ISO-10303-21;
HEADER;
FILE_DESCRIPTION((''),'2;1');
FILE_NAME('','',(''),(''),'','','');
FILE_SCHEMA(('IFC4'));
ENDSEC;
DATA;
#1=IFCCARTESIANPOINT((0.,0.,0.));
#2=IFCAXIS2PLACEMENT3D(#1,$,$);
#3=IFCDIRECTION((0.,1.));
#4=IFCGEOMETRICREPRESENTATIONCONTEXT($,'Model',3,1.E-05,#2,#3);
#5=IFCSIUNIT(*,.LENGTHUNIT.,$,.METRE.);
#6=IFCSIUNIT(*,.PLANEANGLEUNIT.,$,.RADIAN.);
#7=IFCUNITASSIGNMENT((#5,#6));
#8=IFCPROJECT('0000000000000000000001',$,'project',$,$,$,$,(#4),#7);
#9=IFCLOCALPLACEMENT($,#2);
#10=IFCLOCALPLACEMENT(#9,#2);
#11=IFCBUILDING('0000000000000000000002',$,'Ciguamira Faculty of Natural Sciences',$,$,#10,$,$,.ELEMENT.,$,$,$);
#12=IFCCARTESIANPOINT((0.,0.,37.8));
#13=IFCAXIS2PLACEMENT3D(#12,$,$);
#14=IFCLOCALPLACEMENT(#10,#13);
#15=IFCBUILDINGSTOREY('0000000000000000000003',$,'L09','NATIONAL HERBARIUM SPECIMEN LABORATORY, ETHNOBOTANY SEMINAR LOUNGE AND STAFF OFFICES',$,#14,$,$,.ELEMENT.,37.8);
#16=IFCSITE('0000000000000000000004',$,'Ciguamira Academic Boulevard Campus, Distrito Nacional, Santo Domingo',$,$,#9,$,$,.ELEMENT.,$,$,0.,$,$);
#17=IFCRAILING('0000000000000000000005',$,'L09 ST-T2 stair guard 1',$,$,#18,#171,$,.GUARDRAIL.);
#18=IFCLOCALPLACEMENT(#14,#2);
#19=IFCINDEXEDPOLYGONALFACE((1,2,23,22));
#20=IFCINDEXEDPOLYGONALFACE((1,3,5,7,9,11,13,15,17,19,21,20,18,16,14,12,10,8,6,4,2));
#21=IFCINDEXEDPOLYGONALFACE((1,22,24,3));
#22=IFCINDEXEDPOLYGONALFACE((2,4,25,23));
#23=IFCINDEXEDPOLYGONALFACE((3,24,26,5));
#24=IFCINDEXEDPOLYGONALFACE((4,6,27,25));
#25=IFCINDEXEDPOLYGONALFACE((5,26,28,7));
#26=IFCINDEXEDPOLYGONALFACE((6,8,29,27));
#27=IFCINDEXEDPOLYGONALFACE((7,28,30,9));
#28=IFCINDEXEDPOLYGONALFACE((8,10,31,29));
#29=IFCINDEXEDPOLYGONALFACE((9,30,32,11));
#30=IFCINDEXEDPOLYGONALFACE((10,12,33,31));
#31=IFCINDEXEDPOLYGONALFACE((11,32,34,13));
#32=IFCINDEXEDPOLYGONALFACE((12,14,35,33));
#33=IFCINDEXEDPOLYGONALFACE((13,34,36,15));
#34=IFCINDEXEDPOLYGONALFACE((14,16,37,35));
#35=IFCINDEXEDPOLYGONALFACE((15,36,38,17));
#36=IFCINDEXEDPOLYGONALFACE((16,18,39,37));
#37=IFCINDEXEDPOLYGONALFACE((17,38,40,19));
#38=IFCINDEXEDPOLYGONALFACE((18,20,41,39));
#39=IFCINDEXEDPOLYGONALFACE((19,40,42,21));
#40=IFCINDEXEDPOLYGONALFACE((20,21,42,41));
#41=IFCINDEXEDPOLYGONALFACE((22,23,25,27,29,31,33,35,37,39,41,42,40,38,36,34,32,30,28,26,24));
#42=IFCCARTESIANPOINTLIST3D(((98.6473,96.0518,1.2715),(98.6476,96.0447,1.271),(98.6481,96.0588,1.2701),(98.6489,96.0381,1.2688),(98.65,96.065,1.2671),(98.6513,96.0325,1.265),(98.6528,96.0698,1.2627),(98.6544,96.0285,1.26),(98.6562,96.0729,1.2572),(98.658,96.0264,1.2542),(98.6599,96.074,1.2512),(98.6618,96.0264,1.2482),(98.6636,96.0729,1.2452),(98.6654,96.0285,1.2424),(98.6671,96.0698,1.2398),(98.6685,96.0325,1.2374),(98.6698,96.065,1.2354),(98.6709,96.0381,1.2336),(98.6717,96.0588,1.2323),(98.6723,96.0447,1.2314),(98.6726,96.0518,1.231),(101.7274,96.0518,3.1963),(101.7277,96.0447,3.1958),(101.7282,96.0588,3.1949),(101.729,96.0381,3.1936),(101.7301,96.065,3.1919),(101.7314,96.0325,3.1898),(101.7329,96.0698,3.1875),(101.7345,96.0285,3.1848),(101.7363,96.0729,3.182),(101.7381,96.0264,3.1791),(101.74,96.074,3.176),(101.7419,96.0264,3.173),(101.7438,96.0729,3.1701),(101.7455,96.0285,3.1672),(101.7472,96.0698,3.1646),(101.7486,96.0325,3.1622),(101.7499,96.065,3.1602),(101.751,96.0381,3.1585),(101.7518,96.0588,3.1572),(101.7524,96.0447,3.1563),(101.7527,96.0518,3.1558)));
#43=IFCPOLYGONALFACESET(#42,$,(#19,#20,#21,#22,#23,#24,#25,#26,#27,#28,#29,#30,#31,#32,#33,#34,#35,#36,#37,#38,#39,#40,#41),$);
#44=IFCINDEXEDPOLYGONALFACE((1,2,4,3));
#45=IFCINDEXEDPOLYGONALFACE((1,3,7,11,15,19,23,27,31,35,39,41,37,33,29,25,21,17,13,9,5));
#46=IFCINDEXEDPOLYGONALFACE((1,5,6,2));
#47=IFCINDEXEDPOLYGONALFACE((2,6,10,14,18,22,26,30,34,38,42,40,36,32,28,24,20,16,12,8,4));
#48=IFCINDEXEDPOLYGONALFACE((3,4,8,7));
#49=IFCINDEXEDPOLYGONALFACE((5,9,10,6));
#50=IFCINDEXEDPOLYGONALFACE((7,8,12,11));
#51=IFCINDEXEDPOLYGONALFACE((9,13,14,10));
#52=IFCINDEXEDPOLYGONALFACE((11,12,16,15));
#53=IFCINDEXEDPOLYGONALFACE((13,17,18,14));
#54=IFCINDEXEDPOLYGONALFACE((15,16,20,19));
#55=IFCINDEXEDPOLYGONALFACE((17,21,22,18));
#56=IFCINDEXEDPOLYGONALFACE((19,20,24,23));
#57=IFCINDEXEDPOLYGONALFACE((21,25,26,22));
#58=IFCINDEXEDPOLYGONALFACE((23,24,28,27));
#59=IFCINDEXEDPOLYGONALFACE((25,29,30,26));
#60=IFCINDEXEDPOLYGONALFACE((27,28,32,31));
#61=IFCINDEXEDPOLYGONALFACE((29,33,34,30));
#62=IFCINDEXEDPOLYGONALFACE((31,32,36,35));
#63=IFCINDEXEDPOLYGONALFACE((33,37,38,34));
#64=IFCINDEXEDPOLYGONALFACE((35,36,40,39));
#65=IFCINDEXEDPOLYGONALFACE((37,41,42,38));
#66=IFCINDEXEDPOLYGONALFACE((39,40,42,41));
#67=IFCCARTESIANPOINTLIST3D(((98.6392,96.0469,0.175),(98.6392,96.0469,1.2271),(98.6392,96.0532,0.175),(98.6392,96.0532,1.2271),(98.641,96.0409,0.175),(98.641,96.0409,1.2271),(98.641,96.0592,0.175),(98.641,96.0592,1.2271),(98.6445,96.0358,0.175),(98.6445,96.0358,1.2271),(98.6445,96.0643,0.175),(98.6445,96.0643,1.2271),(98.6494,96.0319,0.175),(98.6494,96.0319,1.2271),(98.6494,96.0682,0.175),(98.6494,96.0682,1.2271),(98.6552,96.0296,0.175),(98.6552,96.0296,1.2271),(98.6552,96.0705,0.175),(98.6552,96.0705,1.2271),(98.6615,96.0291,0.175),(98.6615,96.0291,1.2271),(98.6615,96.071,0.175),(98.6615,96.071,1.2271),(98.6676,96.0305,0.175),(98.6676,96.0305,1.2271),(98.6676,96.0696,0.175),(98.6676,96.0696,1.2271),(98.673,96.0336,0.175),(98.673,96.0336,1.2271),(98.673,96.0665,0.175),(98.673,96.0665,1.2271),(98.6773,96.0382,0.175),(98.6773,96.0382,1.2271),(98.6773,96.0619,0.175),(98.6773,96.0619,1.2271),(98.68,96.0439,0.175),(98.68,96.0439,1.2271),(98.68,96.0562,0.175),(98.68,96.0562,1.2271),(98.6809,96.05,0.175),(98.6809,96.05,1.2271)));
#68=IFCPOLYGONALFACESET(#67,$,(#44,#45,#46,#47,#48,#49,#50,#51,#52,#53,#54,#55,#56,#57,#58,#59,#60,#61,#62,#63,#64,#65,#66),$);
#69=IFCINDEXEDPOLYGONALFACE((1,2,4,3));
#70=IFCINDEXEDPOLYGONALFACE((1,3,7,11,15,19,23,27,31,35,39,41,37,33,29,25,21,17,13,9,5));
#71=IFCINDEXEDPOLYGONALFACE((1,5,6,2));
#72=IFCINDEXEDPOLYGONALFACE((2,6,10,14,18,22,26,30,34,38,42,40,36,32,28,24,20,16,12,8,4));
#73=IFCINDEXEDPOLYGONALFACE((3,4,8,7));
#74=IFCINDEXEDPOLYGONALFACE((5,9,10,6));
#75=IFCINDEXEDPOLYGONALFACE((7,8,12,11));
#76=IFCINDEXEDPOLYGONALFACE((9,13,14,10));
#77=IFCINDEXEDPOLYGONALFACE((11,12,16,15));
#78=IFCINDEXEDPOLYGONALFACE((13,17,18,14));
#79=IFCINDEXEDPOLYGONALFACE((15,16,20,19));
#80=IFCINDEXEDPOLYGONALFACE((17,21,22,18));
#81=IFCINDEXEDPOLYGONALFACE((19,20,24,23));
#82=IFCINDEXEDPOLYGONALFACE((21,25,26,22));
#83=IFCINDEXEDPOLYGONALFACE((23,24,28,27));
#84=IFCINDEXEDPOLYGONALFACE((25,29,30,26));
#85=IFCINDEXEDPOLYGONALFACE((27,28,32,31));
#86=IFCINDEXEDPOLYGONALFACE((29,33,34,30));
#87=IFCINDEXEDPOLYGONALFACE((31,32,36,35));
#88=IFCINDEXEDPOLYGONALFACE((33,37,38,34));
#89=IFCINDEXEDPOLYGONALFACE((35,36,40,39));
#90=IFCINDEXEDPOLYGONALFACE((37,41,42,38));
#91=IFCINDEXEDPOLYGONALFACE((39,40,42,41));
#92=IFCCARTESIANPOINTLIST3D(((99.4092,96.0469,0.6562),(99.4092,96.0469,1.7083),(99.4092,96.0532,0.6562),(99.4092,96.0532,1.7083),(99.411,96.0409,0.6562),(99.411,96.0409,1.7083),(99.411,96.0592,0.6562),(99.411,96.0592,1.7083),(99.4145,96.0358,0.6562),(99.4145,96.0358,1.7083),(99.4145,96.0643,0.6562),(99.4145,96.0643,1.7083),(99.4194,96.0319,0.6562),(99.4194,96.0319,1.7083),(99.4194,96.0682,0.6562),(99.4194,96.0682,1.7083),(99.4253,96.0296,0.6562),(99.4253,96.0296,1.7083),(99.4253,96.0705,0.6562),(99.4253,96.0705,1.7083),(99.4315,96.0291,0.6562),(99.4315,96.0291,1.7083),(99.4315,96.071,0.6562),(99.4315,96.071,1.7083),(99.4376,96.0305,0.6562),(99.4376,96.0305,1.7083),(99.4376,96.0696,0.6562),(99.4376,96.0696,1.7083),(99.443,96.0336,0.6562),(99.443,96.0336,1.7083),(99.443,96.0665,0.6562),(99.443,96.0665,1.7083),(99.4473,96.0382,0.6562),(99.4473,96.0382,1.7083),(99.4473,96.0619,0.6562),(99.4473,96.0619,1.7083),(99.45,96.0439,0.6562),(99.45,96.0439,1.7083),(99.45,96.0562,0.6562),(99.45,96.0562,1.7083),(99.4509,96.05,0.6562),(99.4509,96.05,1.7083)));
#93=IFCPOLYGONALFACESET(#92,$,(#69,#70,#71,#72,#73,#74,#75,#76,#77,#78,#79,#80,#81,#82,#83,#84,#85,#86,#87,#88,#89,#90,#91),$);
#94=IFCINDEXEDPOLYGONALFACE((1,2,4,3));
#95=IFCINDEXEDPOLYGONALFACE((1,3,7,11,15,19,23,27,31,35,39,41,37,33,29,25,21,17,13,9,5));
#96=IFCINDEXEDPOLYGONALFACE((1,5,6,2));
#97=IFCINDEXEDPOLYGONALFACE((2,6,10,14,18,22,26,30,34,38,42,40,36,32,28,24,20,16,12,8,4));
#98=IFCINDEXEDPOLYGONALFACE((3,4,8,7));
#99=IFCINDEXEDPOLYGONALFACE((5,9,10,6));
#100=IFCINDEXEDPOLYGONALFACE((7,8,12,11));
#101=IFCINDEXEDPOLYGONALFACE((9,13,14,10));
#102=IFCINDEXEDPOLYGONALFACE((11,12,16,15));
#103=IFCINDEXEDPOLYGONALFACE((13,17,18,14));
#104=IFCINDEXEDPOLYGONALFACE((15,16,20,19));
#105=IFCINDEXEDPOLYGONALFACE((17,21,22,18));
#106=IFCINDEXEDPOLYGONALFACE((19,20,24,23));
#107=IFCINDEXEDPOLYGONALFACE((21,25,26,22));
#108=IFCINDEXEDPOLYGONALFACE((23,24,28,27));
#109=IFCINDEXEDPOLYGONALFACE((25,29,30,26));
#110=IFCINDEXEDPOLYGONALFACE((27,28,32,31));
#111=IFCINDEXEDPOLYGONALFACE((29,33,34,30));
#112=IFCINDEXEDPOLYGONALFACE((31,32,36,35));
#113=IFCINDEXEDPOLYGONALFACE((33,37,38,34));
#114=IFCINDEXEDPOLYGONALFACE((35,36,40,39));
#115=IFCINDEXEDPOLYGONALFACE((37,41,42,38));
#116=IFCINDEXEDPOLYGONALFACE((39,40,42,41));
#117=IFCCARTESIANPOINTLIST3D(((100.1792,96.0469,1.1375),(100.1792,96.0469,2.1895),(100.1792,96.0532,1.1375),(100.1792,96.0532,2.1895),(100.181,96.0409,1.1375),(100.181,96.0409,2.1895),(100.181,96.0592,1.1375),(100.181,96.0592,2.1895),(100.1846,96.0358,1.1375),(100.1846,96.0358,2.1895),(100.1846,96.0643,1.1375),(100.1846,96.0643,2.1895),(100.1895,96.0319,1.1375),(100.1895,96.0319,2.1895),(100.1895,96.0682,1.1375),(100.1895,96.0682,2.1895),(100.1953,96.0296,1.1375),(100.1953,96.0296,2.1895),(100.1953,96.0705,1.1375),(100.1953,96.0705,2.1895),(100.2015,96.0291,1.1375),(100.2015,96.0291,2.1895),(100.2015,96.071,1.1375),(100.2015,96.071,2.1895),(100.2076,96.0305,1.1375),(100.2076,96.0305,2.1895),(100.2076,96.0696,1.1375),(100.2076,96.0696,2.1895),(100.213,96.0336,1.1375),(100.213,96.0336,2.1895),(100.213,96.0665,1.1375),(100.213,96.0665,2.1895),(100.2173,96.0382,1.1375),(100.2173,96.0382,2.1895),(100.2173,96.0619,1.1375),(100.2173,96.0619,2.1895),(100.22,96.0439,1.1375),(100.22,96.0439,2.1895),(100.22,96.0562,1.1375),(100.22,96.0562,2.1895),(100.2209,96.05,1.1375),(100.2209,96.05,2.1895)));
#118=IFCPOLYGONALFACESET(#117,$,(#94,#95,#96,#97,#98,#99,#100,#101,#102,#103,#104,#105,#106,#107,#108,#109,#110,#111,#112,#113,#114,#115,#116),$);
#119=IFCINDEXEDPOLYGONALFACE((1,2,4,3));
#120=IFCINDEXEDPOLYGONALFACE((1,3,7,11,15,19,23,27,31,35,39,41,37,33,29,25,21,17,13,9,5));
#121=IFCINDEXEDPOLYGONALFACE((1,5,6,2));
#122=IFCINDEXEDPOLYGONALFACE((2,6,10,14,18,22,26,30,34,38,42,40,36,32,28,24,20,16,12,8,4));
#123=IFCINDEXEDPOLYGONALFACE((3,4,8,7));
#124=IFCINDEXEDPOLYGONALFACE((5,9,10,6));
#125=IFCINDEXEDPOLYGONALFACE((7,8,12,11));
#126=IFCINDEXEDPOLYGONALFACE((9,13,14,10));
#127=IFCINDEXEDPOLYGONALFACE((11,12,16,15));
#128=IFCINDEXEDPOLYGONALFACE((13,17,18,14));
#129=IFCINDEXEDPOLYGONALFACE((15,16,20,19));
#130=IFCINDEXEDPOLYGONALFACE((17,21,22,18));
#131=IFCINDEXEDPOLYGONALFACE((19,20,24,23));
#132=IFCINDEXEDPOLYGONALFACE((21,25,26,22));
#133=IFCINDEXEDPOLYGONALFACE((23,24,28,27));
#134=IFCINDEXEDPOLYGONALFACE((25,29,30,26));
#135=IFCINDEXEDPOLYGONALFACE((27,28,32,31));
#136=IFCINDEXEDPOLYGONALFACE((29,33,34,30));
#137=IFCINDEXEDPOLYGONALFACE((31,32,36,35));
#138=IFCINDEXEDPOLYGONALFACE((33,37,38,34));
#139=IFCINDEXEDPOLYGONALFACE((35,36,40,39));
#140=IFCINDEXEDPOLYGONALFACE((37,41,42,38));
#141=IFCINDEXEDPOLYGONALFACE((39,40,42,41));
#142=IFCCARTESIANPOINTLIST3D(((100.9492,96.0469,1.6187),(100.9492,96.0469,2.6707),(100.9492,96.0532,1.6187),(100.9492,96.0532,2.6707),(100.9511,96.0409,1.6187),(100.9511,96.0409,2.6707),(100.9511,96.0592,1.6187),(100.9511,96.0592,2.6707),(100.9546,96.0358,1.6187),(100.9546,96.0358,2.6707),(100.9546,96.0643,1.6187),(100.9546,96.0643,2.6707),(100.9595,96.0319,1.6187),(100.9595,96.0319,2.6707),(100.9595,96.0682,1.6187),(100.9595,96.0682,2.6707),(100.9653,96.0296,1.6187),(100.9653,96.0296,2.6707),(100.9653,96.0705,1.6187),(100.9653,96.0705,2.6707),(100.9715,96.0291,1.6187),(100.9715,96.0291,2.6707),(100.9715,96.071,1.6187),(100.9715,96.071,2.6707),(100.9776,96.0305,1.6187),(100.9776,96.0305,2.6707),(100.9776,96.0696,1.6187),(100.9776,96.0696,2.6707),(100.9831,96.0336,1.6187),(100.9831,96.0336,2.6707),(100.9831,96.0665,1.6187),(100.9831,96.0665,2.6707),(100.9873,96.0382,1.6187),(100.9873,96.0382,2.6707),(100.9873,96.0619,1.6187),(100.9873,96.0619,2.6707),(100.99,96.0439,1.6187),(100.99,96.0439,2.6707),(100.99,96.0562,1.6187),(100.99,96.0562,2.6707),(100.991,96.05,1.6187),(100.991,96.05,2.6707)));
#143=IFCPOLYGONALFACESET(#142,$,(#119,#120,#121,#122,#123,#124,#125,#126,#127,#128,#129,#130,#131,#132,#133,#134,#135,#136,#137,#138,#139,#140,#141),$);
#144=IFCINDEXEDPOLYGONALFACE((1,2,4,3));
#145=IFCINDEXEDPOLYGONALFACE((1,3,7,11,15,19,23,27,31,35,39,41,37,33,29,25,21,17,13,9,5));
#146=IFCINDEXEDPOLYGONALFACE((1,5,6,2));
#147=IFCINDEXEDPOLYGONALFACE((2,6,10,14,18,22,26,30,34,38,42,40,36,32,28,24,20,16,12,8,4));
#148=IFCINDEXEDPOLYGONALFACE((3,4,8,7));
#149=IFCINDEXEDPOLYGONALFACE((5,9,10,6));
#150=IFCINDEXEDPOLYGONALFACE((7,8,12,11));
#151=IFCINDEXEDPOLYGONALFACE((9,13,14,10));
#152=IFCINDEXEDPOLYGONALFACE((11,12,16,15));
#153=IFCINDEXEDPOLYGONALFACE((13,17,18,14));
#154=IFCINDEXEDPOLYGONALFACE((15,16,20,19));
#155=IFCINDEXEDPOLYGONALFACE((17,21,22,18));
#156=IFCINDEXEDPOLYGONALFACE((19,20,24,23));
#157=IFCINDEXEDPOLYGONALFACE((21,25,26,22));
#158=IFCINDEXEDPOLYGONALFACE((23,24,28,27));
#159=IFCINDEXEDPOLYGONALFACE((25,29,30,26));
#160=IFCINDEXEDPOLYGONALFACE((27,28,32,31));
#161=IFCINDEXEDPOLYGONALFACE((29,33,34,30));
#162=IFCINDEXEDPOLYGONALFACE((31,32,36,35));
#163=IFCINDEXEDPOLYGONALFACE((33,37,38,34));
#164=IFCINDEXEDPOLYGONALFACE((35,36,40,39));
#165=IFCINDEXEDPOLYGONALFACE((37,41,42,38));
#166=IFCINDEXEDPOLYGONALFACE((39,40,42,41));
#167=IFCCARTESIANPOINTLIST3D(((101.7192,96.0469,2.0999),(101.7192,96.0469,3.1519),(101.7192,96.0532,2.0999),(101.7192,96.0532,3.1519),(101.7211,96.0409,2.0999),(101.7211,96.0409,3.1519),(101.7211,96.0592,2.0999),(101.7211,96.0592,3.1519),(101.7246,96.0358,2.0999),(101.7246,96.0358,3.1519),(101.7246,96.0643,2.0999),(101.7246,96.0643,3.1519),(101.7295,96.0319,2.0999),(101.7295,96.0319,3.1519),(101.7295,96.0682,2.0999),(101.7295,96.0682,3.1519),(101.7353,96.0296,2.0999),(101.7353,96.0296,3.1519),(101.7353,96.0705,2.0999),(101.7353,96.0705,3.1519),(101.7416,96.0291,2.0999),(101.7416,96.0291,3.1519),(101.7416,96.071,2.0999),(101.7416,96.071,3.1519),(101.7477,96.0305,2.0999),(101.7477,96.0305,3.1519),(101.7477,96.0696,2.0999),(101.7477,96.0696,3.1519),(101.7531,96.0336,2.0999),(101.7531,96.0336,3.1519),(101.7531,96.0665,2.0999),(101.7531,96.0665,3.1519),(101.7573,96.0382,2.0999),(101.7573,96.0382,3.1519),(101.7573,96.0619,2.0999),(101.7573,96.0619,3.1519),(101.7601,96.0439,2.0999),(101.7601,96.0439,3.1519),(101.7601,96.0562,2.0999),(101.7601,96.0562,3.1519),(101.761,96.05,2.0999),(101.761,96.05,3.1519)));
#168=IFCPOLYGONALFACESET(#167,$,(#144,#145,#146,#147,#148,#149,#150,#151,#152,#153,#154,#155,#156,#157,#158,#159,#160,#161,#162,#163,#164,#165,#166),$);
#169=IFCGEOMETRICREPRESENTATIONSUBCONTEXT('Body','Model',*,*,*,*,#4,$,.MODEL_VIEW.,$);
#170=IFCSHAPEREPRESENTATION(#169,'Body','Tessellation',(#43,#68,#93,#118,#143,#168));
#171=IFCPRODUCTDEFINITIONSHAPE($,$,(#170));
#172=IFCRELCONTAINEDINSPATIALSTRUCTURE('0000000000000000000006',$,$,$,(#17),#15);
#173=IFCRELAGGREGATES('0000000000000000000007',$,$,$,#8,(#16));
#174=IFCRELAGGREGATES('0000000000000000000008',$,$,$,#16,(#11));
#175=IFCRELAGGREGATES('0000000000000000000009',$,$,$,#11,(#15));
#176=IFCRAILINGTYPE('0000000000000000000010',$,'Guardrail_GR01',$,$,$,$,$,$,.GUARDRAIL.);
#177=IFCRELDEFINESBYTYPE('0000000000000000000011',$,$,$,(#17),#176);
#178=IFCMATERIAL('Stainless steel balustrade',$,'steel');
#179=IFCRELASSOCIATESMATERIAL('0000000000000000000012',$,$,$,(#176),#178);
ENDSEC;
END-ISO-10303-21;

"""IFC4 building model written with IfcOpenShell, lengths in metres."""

from ifc_helpers import new_model, si_unit, direction, frame, origin, origin_2d, place, context, subcontext, project, spatial, circle, extrude, material, type_object, element, save


model = new_model("IFC4")

# Units and contexts
model_context = context("Model", 3, precision=1e-05, world=origin(), true_north=direction((0.0, 1.0)))
body_context = subcontext(model_context, "Body", "Model", "MODEL_VIEW")
ifc_project = project(units=[si_unit("LENGTHUNIT", "METRE"), si_unit("PLANEANGLEUNIT", "RADIAN")], contexts=[model_context])

# Site, building, storey
site_placement = place(None, origin())
site = spatial("IfcSite", under=ifc_project, at=site_placement, Name="Ciguamira Academic Boulevard Campus, Distrito Nacional, Santo Domingo", CompositionType="ELEMENT", RefElevation=0.0)
building_placement = place(site_placement, origin())
building = spatial("IfcBuilding", under=site, at=building_placement, Name="Ciguamira Faculty of Natural Sciences", CompositionType="ELEMENT")
storey_placement = place(building_placement, frame((0.0, 0.0, 37.8)))
storey = spatial("IfcBuildingStorey", under=building, at=storey_placement, Name="L09", Description="NATIONAL HERBARIUM SPECIMEN LABORATORY, ETHNOBOTANY SEMINAR LOUNGE AND STAFF OFFICES", CompositionType="ELEMENT", Elevation=37.8)

# Railing
ifc_material_1 = material(Name="Stainless steel balustrade", Category="steel")
railing_type_1 = type_object("IfcRailingType", Name="Guardrail_GR01", PredefinedType="GUARDRAIL", material=ifc_material_1)
railing_1_placement = place(storey_placement, frame((98.6599, 96.05, 0.175)))
element("IfcRailing", 1, at=railing_1_placement, inside=storey, type_object=railing_type_1, Name="L09 ST-T2 stair guard 1", PredefinedType="GUARDRAIL", context=body_context, shape_type="SweptSolid", body=[
    extrude(circle(Radius=0.0239, at=origin_2d()), frame((0.0, 0.0, 1.0762), z_axis=(0.848029, 0.0, 0.529951), x_axis=(0.0, 1.0, 0.0)), (0.0, 0.0, 1.0), 3.6321),
    extrude(circle(Radius=0.021, at=origin_2d()), origin(), (0.0, 0.0, 1.0), 1.052),
    extrude(circle(Radius=0.021, at=origin_2d()), frame((0.77, 0.0, 0.4812)), (0.0, 0.0, 1.0), 1.052),
    extrude(circle(Radius=0.021, at=origin_2d()), frame((1.54, 0.0, 0.9624)), (0.0, 0.0, 1.0), 1.052),
    extrude(circle(Radius=0.021, at=origin_2d()), frame((2.3101, 0.0, 1.4436)), (0.0, 0.0, 1.0), 1.052),
    extrude(circle(Radius=0.021, at=origin_2d()), frame((3.0801, 0.0, 1.9248)), (0.0, 0.0, 1.0), 1.052),
])

save(model, "model.ifc")
